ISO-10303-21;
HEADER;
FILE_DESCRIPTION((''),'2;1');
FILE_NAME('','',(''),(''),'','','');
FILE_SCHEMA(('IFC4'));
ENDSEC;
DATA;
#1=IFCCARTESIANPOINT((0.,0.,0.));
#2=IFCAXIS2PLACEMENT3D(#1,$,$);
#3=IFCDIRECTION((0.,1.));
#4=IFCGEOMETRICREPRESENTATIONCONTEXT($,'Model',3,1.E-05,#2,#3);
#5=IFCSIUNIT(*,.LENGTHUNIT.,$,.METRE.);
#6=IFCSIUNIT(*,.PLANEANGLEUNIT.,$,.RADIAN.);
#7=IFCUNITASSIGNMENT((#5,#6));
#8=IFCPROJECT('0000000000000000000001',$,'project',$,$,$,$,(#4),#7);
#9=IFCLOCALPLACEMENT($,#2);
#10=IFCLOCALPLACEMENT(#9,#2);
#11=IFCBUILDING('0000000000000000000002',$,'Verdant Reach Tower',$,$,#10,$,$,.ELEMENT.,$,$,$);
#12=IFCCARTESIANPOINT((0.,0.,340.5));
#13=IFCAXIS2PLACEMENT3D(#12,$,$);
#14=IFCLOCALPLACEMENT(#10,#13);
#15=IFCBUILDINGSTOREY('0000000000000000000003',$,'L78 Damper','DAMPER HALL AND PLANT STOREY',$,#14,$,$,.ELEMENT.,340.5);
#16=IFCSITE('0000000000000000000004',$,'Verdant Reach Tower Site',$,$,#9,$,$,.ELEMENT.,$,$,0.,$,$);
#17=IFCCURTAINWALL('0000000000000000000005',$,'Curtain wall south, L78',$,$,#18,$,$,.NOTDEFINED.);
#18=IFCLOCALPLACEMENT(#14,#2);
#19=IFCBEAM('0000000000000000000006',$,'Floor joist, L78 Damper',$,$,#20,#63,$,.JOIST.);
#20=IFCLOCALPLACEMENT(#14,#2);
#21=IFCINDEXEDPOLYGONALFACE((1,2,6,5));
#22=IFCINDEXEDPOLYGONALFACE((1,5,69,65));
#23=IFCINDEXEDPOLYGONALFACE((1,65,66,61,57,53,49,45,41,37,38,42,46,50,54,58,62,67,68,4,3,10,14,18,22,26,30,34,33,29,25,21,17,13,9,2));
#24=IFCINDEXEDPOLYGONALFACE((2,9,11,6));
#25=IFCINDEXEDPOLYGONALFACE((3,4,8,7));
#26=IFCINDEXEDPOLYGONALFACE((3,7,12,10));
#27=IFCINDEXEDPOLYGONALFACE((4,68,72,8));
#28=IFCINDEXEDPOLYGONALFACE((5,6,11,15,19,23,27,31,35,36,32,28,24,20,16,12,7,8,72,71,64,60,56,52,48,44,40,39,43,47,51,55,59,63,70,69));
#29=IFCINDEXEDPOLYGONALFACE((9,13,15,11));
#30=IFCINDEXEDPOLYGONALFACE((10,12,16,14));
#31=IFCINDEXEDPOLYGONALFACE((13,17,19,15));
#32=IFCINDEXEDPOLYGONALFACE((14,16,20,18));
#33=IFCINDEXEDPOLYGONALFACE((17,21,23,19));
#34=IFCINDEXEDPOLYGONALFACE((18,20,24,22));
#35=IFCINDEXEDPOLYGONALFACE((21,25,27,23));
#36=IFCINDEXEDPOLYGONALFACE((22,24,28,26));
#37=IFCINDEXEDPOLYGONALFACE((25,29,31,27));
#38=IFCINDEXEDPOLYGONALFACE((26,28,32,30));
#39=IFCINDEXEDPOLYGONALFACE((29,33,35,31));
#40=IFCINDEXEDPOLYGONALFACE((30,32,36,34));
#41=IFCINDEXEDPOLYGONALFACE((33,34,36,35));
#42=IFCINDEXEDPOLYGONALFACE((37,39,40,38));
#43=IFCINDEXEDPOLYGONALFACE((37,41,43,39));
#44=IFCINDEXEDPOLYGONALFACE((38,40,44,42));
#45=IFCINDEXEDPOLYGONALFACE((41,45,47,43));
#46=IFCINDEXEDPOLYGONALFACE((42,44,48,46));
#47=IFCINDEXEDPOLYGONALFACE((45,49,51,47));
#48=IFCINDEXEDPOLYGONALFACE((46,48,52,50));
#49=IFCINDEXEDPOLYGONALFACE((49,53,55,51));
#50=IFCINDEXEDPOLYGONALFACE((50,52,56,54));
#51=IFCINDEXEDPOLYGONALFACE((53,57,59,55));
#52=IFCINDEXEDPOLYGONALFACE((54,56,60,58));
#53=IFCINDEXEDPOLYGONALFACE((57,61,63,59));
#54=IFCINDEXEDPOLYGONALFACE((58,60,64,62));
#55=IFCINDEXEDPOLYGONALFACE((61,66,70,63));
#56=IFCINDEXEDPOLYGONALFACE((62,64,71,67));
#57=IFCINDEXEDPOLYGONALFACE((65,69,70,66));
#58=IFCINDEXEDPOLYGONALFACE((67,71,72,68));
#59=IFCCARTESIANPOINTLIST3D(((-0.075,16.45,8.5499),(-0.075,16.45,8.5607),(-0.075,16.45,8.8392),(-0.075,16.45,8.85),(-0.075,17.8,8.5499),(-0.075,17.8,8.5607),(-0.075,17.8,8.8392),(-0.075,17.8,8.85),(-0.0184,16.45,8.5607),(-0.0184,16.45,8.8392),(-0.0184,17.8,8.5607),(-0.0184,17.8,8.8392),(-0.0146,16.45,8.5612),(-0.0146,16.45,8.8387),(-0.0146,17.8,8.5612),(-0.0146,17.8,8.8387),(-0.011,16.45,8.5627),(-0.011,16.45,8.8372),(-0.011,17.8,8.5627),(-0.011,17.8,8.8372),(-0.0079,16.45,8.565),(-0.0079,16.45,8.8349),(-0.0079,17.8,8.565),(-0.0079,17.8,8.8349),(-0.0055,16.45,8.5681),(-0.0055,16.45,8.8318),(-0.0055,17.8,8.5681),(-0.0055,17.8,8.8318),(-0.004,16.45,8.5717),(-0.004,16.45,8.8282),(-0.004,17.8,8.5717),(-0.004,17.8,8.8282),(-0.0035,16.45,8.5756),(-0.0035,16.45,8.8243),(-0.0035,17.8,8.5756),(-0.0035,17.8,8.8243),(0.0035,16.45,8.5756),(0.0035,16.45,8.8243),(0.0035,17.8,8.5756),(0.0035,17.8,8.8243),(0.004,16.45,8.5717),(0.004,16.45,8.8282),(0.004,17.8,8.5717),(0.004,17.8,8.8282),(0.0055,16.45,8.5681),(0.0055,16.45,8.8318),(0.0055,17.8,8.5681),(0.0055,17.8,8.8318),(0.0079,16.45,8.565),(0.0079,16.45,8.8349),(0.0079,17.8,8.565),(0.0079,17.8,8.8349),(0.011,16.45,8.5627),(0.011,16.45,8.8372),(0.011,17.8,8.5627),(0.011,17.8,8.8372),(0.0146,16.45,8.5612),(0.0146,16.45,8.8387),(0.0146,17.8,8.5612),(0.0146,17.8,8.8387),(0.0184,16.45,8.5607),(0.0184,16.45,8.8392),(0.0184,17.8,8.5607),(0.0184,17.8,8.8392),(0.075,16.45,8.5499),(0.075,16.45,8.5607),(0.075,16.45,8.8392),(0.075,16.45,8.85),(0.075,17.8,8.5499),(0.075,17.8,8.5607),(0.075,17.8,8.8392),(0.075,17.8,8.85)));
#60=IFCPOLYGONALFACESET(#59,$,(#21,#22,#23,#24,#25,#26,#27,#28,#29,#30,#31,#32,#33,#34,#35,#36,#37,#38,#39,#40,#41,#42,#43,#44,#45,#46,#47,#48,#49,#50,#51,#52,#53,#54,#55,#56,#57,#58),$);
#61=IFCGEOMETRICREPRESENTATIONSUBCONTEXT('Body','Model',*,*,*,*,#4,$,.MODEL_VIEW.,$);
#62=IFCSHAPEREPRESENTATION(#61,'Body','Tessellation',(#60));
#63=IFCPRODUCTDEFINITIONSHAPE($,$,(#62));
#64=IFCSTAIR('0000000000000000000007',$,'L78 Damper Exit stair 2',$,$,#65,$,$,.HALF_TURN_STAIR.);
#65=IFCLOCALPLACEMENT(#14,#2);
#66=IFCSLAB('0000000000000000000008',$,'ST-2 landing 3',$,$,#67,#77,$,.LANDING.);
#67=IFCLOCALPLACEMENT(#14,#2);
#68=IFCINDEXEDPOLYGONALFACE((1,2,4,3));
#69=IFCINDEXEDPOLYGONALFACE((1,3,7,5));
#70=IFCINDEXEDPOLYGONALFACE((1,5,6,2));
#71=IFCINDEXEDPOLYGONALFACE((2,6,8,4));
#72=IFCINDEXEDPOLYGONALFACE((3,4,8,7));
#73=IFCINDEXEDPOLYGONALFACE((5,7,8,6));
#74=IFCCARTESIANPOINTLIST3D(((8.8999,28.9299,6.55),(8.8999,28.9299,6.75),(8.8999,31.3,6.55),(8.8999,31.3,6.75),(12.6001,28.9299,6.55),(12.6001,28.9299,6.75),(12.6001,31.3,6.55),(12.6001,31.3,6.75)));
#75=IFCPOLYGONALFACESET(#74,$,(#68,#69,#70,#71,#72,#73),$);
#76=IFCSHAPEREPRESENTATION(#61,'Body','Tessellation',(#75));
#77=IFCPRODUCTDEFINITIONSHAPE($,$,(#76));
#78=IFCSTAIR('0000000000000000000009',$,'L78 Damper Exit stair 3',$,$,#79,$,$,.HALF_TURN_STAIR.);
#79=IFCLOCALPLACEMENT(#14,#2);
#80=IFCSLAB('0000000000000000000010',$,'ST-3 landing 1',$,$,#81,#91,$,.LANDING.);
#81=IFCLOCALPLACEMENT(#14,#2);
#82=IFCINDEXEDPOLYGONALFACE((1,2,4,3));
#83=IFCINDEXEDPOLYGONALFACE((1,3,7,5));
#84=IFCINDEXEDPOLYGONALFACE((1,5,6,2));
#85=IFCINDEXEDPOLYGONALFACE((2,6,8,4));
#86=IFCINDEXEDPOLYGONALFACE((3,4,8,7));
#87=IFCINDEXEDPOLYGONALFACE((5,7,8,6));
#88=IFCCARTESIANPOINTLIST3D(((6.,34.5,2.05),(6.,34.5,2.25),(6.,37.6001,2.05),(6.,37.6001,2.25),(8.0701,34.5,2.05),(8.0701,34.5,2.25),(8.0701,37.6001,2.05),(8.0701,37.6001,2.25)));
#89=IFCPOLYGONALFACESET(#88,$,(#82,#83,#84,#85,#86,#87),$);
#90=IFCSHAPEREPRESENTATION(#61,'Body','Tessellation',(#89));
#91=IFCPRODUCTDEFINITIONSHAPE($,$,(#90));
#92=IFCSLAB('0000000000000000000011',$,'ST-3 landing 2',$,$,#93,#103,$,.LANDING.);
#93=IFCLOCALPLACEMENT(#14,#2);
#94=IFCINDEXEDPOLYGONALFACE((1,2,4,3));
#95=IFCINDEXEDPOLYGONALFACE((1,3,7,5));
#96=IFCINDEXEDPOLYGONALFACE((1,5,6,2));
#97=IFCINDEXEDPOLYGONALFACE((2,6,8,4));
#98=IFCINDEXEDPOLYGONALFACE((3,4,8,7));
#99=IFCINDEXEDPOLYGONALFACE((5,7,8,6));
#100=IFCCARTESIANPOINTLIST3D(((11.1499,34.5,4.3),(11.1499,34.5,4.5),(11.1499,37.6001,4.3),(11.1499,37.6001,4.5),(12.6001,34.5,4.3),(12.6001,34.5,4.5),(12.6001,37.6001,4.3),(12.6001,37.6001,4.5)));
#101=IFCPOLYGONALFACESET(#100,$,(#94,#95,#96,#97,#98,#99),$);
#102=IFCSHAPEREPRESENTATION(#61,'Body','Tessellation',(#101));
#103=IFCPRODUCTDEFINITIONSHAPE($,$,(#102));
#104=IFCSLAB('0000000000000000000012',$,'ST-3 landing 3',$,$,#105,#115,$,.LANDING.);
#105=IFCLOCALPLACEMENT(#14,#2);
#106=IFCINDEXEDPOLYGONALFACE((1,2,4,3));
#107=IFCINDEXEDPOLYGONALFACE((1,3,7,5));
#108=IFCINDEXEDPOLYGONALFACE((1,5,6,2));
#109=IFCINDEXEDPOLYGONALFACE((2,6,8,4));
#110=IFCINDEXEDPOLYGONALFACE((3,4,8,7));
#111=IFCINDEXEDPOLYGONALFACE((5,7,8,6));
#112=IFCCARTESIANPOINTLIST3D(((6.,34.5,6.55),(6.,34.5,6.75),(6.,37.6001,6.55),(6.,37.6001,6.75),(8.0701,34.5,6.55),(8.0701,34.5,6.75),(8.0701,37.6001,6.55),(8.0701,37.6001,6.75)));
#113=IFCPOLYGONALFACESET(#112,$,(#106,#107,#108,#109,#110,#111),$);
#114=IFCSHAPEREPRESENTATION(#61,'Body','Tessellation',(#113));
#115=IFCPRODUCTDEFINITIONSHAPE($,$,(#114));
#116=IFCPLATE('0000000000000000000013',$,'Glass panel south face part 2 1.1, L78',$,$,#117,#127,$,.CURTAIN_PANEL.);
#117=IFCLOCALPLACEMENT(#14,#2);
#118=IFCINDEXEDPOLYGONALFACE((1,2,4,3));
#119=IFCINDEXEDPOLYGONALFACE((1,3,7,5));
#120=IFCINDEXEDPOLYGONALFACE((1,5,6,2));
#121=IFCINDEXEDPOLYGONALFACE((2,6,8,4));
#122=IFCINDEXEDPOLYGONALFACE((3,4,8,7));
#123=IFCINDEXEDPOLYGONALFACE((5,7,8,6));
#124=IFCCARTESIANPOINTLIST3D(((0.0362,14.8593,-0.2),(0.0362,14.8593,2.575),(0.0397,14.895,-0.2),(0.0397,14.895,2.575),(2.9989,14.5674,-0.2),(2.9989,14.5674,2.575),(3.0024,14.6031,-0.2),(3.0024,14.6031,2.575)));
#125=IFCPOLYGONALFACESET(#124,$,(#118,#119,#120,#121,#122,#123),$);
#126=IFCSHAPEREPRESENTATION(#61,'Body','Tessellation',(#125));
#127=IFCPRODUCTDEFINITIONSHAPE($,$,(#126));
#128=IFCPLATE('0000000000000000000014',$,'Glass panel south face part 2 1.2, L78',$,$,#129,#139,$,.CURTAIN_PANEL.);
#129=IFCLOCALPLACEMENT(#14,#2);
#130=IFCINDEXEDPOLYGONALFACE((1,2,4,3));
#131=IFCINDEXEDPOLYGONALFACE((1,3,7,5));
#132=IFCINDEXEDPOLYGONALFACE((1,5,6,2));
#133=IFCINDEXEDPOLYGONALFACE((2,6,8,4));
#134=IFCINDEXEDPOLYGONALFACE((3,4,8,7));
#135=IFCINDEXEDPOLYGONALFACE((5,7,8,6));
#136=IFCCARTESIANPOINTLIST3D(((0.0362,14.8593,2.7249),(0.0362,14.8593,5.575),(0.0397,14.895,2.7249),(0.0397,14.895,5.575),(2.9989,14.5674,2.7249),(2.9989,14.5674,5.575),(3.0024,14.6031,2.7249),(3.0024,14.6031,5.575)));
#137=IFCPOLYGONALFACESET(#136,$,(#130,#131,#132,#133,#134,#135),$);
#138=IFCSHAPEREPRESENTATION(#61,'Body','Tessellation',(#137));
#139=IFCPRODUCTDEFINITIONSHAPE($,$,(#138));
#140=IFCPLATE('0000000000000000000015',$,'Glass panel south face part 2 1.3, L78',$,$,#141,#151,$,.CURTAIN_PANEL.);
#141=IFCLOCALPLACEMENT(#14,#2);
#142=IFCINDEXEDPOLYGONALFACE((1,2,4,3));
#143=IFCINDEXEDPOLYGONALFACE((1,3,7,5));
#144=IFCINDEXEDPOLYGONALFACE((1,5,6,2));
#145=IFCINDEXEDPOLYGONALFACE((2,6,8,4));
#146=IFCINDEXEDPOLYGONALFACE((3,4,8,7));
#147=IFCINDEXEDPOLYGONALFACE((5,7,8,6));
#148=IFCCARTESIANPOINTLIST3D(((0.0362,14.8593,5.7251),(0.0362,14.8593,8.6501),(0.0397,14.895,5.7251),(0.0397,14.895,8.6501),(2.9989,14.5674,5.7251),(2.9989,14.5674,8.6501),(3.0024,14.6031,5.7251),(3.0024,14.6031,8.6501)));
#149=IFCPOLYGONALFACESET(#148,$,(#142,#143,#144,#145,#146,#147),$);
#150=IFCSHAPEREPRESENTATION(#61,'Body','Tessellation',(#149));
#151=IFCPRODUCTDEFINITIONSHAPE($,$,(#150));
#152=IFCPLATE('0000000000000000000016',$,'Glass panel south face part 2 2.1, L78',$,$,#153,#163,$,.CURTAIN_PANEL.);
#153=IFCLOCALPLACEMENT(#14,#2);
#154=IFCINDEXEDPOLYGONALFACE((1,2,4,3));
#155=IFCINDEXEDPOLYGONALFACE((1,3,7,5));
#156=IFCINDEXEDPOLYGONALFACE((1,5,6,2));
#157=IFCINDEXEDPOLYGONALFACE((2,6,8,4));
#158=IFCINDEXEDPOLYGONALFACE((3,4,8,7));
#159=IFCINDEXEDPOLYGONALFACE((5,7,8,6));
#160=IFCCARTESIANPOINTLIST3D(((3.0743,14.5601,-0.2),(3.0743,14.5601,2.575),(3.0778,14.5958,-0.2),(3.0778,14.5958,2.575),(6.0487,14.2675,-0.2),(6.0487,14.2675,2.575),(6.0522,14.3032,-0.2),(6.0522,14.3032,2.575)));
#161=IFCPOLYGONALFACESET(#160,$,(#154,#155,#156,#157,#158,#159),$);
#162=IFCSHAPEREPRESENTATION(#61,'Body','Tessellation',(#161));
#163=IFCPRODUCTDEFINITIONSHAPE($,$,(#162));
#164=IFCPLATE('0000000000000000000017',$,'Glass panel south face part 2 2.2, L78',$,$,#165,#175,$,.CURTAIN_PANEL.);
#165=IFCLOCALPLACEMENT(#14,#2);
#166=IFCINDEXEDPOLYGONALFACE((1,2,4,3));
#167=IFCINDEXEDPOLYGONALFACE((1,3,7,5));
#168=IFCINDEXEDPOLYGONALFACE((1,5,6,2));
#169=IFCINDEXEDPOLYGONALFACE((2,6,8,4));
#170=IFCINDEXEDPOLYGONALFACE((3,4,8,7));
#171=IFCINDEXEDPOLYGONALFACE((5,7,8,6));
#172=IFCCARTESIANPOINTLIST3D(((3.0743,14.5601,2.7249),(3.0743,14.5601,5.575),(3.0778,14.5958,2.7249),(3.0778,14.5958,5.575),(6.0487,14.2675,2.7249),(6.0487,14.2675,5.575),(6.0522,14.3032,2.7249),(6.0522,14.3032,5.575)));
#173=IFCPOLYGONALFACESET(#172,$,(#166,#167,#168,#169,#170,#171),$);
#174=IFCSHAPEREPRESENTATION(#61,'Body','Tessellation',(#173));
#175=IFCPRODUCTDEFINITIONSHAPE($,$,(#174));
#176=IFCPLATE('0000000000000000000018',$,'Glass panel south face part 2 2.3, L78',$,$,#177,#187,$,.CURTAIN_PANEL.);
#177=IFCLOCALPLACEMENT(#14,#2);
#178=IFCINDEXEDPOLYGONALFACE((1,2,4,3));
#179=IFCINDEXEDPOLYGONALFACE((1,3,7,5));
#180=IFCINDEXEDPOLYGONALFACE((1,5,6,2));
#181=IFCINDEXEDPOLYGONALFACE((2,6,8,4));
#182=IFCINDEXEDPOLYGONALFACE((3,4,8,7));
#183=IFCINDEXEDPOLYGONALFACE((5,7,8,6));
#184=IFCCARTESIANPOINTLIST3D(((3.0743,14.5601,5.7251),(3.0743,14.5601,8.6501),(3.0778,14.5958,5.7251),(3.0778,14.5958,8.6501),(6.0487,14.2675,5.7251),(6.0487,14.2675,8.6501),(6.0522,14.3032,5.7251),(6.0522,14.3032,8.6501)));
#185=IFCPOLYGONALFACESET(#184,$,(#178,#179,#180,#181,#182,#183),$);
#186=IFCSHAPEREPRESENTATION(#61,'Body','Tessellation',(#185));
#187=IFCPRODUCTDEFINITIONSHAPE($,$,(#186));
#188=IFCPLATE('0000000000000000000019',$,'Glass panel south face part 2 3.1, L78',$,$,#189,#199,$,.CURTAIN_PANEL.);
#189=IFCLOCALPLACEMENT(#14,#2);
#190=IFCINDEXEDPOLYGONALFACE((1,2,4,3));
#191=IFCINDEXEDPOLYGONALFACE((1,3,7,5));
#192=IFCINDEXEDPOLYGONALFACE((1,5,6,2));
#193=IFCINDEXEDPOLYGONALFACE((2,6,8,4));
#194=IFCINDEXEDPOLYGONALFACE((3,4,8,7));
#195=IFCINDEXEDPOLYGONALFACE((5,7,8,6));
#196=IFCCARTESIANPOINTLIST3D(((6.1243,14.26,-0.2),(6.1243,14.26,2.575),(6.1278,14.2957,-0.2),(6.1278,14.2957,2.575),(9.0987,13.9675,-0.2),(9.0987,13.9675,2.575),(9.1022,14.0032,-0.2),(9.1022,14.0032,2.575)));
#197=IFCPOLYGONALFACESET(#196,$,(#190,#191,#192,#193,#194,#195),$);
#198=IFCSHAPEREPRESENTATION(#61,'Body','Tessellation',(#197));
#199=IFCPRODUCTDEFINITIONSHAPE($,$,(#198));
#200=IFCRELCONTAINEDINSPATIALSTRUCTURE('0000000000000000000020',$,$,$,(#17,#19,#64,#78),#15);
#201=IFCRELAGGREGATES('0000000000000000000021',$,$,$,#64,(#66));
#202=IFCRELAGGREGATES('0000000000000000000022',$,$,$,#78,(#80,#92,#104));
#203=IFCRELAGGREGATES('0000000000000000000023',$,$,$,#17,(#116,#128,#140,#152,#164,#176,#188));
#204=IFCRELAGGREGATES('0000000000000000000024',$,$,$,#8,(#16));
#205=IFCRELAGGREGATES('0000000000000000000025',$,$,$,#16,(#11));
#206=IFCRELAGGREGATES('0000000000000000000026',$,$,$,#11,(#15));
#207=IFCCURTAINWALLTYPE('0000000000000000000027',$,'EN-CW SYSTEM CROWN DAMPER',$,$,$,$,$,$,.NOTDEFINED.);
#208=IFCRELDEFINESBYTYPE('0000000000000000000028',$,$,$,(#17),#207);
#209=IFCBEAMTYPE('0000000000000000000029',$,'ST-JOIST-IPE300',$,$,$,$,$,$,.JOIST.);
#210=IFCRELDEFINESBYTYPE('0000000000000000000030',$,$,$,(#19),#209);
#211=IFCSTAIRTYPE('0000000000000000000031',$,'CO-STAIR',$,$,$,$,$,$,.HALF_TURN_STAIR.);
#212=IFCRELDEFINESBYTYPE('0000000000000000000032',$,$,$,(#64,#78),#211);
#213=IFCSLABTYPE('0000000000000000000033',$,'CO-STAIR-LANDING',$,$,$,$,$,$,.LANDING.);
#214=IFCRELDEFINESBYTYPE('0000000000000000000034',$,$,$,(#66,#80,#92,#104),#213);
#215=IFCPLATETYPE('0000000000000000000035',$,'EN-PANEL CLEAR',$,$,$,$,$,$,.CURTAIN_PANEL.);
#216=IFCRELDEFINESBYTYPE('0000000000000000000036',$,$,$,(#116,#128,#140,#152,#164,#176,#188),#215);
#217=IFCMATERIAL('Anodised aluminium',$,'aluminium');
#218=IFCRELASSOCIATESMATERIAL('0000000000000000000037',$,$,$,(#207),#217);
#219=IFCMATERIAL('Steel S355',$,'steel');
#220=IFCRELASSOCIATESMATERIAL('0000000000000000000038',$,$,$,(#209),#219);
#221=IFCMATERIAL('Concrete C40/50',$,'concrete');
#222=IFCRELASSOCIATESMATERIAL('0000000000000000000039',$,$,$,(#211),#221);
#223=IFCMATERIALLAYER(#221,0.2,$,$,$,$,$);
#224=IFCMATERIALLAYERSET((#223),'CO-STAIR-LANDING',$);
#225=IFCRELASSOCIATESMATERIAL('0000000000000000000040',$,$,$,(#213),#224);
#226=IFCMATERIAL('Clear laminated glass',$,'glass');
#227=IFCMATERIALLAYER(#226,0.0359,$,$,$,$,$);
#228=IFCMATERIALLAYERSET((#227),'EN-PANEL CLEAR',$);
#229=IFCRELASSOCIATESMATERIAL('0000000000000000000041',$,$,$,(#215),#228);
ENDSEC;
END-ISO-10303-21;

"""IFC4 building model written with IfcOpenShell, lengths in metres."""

from ifc_helpers import new_model, si_unit, direction, frame, origin, origin_2d, place, context, subcontext, project, spatial, polyline, rectangle, i_section, outline, extrude, material, layer, layer_set, material_profile, profile_set, type_object, element, aggregate, save


model = new_model("IFC4")

# Units and contexts
model_context = context("Model", 3, precision=1e-05, world=origin(), true_north=direction((0.0, 1.0)))
body_context = subcontext(model_context, "Body", "Model", "MODEL_VIEW")
ifc_project = project(units=[si_unit("LENGTHUNIT", "METRE"), si_unit("PLANEANGLEUNIT", "RADIAN")], contexts=[model_context])

# Site, building, storey
site_placement = place(None, origin())
site = spatial("IfcSite", under=ifc_project, at=site_placement, Name="Verdant Reach Tower Site", CompositionType="ELEMENT", RefElevation=0.0)
building_placement = place(site_placement, origin())
building = spatial("IfcBuilding", under=site, at=building_placement, Name="Verdant Reach Tower", CompositionType="ELEMENT")
storey_placement = place(building_placement, frame((0.0, 0.0, 340.5)))
storey = spatial("IfcBuildingStorey", under=building, at=storey_placement, Name="L78 Damper", Description="DAMPER HALL AND PLANT STOREY", CompositionType="ELEMENT", Elevation=340.5)

# Curtain wall
ifc_material_1 = material(Name="Anodised aluminium", Category="aluminium")
curtain_wall_type = type_object("IfcCurtainWallType", Name="EN-CW SYSTEM CROWN DAMPER", PredefinedType="NOTDEFINED", material=ifc_material_1)
curtain_wall_placement = place(storey_placement, origin())
curtain_wall = element("IfcCurtainWall", 1, at=curtain_wall_placement, inside=storey, type_object=curtain_wall_type, Name="Curtain wall south, L78", PredefinedType="NOTDEFINED")

# Beam
ifc_material_2 = material(Name="Steel S355", Category="steel")
ifc_material_profile_1 = material_profile(ifc_material_2, i_section(OverallWidth=0.1499, OverallDepth=0.3, WebThickness=0.0071, FlangeThickness=0.0107, FilletRadius=0.0149, at=origin_2d()), Name="IPE 300")
ifc_profile_set_1 = profile_set([ifc_material_profile_1], Name="Steel S355")
beam_type = type_object("IfcBeamType", Name="ST-JOIST-IPE300", PredefinedType="JOIST", material=ifc_profile_set_1)
beam_placement = place(storey_placement, frame((0.0, 17.8, 8.7), z_axis=(0.0, -1.0, 0.0), x_axis=(1.0, 0.0, 0.0)))
element("IfcBeam", 2, at=beam_placement, inside=storey, type_object=beam_type, Name="Floor joist, L78 Damper", PredefinedType="JOIST", context=body_context, shape_type="SweptSolid", body=[
    extrude(i_section(OverallWidth=0.1499, OverallDepth=0.3, WebThickness=0.0071, FlangeThickness=0.0107, FilletRadius=0.0149, at=origin_2d()), origin(), (0.0, 0.0, 1.0), 1.3501),
])

# Stair, slab
ifc_material_3 = material(Name="Concrete C40/50", Category="concrete")
stair_type = type_object("IfcStairType", Name="CO-STAIR", PredefinedType="HALF_TURN_STAIR", material=ifc_material_3)
stair_1_placement = place(storey_placement, origin())
stair_1 = element("IfcStair", 3, at=stair_1_placement, inside=storey, type_object=stair_type, Name="L78 Damper Exit stair 2", PredefinedType="HALF_TURN_STAIR")
ifc_layer_1 = layer(ifc_material_3, 0.2)
ifc_layer_set_1 = layer_set([ifc_layer_1], Name="CO-STAIR-LANDING")
slab_type = type_object("IfcSlabType", Name="CO-STAIR-LANDING", PredefinedType="LANDING", material=ifc_layer_set_1)
slab_1_placement = place(storey_placement, frame((0.0, 0.0, 6.55)))
slab_1 = element("IfcSlab", 4, at=slab_1_placement, type_object=slab_type, Name="ST-2 landing 3", PredefinedType="LANDING", context=body_context, shape_type="SweptSolid", body=[
    extrude(outline(polyline([(12.6001, 28.9299), (12.6001, 31.3), (8.8999, 31.3), (8.8999, 28.9299), (12.6001, 28.9299)])), origin(), (0.0, 0.0, 1.0), 0.2),
])
aggregate(stair_1, [slab_1])

# Stair, slabs
stair_2_placement = place(storey_placement, origin())
stair_2 = element("IfcStair", 5, at=stair_2_placement, inside=storey, type_object=stair_type, Name="L78 Damper Exit stair 3", PredefinedType="HALF_TURN_STAIR")
slab_2_placement = place(storey_placement, frame((0.0, 0.0, 2.05)))
slab_2 = element("IfcSlab", 6, at=slab_2_placement, type_object=slab_type, Name="ST-3 landing 1", PredefinedType="LANDING", context=body_context, shape_type="SweptSolid", body=[
    extrude(outline(polyline([(8.0701, 37.6001), (6.0, 37.6001), (6.0, 34.5), (8.0701, 34.5), (8.0701, 37.6001)])), origin(), (0.0, 0.0, 1.0), 0.2),
])
slab_3_placement = place(storey_placement, frame((0.0, 0.0, 4.3)))
slab_3 = element("IfcSlab", 7, at=slab_3_placement, type_object=slab_type, Name="ST-3 landing 2", PredefinedType="LANDING", context=body_context, shape_type="SweptSolid", body=[
    extrude(outline(polyline([(12.6001, 37.6001), (11.1499, 37.6001), (11.1499, 34.5), (12.6001, 34.5), (12.6001, 37.6001)])), origin(), (0.0, 0.0, 1.0), 0.2),
])
slab_4_placement = place(storey_placement, frame((0.0, 0.0, 6.55)))
slab_4 = element("IfcSlab", 8, at=slab_4_placement, type_object=slab_type, Name="ST-3 landing 3", PredefinedType="LANDING", context=body_context, shape_type="SweptSolid", body=[
    extrude(outline(polyline([(8.0701, 37.6001), (6.0, 37.6001), (6.0, 34.5), (8.0701, 34.5), (8.0701, 37.6001)])), origin(), (0.0, 0.0, 1.0), 0.2),
])
aggregate(stair_2, [slab_2, slab_3, slab_4])

# Plates
ifc_material_4 = material(Name="Clear laminated glass", Category="glass")
ifc_layer_2 = layer(ifc_material_4, 0.0359)
ifc_layer_set_2 = layer_set([ifc_layer_2], Name="EN-PANEL CLEAR")
plate_type = type_object("IfcPlateType", Name="EN-PANEL CLEAR", PredefinedType="CURTAIN_PANEL", material=ifc_layer_set_2)
plate_1_placement = place(storey_placement, frame((1.5193, 14.7312, -0.2), z_axis=(0.0, 0.0, 1.0), x_axis=(0.995179, -0.098075, 0.0)))
plate_1 = element("IfcPlate", 9, at=plate_1_placement, type_object=plate_type, Name="Glass panel south face part 2 1.1, L78", PredefinedType="CURTAIN_PANEL", context=body_context, shape_type="SweptSolid", body=[
    extrude(rectangle(XDim=2.9771, YDim=0.0359, at=origin_2d()), origin(), (0.0, 0.0, 1.0), 2.7749),
])
plate_2_placement = place(storey_placement, frame((1.5193, 14.7312, 2.7249), z_axis=(0.0, 0.0, 1.0), x_axis=(0.995179, -0.098075, 0.0)))
plate_2 = element("IfcPlate", 10, at=plate_2_placement, type_object=plate_type, Name="Glass panel south face part 2 1.2, L78", PredefinedType="CURTAIN_PANEL", context=body_context, shape_type="SweptSolid", body=[
    extrude(rectangle(XDim=2.9771, YDim=0.0359, at=origin_2d()), origin(), (0.0, 0.0, 1.0), 2.8501),
])
plate_3_placement = place(storey_placement, frame((1.5193, 14.7312, 5.7251), z_axis=(0.0, 0.0, 1.0), x_axis=(0.995179, -0.098075, 0.0)))
plate_3 = element("IfcPlate", 11, at=plate_3_placement, type_object=plate_type, Name="Glass panel south face part 2 1.3, L78", PredefinedType="CURTAIN_PANEL", context=body_context, shape_type="SweptSolid", body=[
    extrude(rectangle(XDim=2.9771, YDim=0.0359, at=origin_2d()), origin(), (0.0, 0.0, 1.0), 2.925),
])
plate_4_placement = place(storey_placement, frame((4.5632, 14.4316, -0.2), z_axis=(0.0, 0.0, 1.0), x_axis=(0.995197, -0.097888, 0.0)))
plate_4 = element("IfcPlate", 12, at=plate_4_placement, type_object=plate_type, Name="Glass panel south face part 2 2.1, L78", PredefinedType="CURTAIN_PANEL", context=body_context, shape_type="SweptSolid", body=[
    extrude(rectangle(XDim=2.9888, YDim=0.0359, at=origin_2d()), origin(), (0.0, 0.0, 1.0), 2.7749),
])
plate_5_placement = place(storey_placement, frame((4.5632, 14.4316, 2.7249), z_axis=(0.0, 0.0, 1.0), x_axis=(0.995197, -0.097888, 0.0)))
plate_5 = element("IfcPlate", 13, at=plate_5_placement, type_object=plate_type, Name="Glass panel south face part 2 2.2, L78", PredefinedType="CURTAIN_PANEL", context=body_context, shape_type="SweptSolid", body=[
    extrude(rectangle(XDim=2.9888, YDim=0.0359, at=origin_2d()), origin(), (0.0, 0.0, 1.0), 2.8501),
])
plate_6_placement = place(storey_placement, frame((4.5632, 14.4316, 5.7251), z_axis=(0.0, 0.0, 1.0), x_axis=(0.995197, -0.097888, 0.0)))
plate_6 = element("IfcPlate", 14, at=plate_6_placement, type_object=plate_type, Name="Glass panel south face part 2 2.3, L78", PredefinedType="CURTAIN_PANEL", context=body_context, shape_type="SweptSolid", body=[
    extrude(rectangle(XDim=2.9888, YDim=0.0359, at=origin_2d()), origin(), (0.0, 0.0, 1.0), 2.925),
])
plate_7_placement = place(storey_placement, frame((7.6133, 14.1316, -0.2), z_axis=(0.0, 0.0, 1.0), x_axis=(0.995197, -0.097888, 0.0)))
plate_7 = element("IfcPlate", 15, at=plate_7_placement, type_object=plate_type, Name="Glass panel south face part 2 3.1, L78", PredefinedType="CURTAIN_PANEL", context=body_context, shape_type="SweptSolid", body=[
    extrude(rectangle(XDim=2.9888, YDim=0.0359, at=origin_2d()), origin(), (0.0, 0.0, 1.0), 2.7749),
])
aggregate(curtain_wall, [plate_1, plate_2, plate_3, plate_4, plate_5, plate_6, plate_7])

save(model, "model.ifc")
